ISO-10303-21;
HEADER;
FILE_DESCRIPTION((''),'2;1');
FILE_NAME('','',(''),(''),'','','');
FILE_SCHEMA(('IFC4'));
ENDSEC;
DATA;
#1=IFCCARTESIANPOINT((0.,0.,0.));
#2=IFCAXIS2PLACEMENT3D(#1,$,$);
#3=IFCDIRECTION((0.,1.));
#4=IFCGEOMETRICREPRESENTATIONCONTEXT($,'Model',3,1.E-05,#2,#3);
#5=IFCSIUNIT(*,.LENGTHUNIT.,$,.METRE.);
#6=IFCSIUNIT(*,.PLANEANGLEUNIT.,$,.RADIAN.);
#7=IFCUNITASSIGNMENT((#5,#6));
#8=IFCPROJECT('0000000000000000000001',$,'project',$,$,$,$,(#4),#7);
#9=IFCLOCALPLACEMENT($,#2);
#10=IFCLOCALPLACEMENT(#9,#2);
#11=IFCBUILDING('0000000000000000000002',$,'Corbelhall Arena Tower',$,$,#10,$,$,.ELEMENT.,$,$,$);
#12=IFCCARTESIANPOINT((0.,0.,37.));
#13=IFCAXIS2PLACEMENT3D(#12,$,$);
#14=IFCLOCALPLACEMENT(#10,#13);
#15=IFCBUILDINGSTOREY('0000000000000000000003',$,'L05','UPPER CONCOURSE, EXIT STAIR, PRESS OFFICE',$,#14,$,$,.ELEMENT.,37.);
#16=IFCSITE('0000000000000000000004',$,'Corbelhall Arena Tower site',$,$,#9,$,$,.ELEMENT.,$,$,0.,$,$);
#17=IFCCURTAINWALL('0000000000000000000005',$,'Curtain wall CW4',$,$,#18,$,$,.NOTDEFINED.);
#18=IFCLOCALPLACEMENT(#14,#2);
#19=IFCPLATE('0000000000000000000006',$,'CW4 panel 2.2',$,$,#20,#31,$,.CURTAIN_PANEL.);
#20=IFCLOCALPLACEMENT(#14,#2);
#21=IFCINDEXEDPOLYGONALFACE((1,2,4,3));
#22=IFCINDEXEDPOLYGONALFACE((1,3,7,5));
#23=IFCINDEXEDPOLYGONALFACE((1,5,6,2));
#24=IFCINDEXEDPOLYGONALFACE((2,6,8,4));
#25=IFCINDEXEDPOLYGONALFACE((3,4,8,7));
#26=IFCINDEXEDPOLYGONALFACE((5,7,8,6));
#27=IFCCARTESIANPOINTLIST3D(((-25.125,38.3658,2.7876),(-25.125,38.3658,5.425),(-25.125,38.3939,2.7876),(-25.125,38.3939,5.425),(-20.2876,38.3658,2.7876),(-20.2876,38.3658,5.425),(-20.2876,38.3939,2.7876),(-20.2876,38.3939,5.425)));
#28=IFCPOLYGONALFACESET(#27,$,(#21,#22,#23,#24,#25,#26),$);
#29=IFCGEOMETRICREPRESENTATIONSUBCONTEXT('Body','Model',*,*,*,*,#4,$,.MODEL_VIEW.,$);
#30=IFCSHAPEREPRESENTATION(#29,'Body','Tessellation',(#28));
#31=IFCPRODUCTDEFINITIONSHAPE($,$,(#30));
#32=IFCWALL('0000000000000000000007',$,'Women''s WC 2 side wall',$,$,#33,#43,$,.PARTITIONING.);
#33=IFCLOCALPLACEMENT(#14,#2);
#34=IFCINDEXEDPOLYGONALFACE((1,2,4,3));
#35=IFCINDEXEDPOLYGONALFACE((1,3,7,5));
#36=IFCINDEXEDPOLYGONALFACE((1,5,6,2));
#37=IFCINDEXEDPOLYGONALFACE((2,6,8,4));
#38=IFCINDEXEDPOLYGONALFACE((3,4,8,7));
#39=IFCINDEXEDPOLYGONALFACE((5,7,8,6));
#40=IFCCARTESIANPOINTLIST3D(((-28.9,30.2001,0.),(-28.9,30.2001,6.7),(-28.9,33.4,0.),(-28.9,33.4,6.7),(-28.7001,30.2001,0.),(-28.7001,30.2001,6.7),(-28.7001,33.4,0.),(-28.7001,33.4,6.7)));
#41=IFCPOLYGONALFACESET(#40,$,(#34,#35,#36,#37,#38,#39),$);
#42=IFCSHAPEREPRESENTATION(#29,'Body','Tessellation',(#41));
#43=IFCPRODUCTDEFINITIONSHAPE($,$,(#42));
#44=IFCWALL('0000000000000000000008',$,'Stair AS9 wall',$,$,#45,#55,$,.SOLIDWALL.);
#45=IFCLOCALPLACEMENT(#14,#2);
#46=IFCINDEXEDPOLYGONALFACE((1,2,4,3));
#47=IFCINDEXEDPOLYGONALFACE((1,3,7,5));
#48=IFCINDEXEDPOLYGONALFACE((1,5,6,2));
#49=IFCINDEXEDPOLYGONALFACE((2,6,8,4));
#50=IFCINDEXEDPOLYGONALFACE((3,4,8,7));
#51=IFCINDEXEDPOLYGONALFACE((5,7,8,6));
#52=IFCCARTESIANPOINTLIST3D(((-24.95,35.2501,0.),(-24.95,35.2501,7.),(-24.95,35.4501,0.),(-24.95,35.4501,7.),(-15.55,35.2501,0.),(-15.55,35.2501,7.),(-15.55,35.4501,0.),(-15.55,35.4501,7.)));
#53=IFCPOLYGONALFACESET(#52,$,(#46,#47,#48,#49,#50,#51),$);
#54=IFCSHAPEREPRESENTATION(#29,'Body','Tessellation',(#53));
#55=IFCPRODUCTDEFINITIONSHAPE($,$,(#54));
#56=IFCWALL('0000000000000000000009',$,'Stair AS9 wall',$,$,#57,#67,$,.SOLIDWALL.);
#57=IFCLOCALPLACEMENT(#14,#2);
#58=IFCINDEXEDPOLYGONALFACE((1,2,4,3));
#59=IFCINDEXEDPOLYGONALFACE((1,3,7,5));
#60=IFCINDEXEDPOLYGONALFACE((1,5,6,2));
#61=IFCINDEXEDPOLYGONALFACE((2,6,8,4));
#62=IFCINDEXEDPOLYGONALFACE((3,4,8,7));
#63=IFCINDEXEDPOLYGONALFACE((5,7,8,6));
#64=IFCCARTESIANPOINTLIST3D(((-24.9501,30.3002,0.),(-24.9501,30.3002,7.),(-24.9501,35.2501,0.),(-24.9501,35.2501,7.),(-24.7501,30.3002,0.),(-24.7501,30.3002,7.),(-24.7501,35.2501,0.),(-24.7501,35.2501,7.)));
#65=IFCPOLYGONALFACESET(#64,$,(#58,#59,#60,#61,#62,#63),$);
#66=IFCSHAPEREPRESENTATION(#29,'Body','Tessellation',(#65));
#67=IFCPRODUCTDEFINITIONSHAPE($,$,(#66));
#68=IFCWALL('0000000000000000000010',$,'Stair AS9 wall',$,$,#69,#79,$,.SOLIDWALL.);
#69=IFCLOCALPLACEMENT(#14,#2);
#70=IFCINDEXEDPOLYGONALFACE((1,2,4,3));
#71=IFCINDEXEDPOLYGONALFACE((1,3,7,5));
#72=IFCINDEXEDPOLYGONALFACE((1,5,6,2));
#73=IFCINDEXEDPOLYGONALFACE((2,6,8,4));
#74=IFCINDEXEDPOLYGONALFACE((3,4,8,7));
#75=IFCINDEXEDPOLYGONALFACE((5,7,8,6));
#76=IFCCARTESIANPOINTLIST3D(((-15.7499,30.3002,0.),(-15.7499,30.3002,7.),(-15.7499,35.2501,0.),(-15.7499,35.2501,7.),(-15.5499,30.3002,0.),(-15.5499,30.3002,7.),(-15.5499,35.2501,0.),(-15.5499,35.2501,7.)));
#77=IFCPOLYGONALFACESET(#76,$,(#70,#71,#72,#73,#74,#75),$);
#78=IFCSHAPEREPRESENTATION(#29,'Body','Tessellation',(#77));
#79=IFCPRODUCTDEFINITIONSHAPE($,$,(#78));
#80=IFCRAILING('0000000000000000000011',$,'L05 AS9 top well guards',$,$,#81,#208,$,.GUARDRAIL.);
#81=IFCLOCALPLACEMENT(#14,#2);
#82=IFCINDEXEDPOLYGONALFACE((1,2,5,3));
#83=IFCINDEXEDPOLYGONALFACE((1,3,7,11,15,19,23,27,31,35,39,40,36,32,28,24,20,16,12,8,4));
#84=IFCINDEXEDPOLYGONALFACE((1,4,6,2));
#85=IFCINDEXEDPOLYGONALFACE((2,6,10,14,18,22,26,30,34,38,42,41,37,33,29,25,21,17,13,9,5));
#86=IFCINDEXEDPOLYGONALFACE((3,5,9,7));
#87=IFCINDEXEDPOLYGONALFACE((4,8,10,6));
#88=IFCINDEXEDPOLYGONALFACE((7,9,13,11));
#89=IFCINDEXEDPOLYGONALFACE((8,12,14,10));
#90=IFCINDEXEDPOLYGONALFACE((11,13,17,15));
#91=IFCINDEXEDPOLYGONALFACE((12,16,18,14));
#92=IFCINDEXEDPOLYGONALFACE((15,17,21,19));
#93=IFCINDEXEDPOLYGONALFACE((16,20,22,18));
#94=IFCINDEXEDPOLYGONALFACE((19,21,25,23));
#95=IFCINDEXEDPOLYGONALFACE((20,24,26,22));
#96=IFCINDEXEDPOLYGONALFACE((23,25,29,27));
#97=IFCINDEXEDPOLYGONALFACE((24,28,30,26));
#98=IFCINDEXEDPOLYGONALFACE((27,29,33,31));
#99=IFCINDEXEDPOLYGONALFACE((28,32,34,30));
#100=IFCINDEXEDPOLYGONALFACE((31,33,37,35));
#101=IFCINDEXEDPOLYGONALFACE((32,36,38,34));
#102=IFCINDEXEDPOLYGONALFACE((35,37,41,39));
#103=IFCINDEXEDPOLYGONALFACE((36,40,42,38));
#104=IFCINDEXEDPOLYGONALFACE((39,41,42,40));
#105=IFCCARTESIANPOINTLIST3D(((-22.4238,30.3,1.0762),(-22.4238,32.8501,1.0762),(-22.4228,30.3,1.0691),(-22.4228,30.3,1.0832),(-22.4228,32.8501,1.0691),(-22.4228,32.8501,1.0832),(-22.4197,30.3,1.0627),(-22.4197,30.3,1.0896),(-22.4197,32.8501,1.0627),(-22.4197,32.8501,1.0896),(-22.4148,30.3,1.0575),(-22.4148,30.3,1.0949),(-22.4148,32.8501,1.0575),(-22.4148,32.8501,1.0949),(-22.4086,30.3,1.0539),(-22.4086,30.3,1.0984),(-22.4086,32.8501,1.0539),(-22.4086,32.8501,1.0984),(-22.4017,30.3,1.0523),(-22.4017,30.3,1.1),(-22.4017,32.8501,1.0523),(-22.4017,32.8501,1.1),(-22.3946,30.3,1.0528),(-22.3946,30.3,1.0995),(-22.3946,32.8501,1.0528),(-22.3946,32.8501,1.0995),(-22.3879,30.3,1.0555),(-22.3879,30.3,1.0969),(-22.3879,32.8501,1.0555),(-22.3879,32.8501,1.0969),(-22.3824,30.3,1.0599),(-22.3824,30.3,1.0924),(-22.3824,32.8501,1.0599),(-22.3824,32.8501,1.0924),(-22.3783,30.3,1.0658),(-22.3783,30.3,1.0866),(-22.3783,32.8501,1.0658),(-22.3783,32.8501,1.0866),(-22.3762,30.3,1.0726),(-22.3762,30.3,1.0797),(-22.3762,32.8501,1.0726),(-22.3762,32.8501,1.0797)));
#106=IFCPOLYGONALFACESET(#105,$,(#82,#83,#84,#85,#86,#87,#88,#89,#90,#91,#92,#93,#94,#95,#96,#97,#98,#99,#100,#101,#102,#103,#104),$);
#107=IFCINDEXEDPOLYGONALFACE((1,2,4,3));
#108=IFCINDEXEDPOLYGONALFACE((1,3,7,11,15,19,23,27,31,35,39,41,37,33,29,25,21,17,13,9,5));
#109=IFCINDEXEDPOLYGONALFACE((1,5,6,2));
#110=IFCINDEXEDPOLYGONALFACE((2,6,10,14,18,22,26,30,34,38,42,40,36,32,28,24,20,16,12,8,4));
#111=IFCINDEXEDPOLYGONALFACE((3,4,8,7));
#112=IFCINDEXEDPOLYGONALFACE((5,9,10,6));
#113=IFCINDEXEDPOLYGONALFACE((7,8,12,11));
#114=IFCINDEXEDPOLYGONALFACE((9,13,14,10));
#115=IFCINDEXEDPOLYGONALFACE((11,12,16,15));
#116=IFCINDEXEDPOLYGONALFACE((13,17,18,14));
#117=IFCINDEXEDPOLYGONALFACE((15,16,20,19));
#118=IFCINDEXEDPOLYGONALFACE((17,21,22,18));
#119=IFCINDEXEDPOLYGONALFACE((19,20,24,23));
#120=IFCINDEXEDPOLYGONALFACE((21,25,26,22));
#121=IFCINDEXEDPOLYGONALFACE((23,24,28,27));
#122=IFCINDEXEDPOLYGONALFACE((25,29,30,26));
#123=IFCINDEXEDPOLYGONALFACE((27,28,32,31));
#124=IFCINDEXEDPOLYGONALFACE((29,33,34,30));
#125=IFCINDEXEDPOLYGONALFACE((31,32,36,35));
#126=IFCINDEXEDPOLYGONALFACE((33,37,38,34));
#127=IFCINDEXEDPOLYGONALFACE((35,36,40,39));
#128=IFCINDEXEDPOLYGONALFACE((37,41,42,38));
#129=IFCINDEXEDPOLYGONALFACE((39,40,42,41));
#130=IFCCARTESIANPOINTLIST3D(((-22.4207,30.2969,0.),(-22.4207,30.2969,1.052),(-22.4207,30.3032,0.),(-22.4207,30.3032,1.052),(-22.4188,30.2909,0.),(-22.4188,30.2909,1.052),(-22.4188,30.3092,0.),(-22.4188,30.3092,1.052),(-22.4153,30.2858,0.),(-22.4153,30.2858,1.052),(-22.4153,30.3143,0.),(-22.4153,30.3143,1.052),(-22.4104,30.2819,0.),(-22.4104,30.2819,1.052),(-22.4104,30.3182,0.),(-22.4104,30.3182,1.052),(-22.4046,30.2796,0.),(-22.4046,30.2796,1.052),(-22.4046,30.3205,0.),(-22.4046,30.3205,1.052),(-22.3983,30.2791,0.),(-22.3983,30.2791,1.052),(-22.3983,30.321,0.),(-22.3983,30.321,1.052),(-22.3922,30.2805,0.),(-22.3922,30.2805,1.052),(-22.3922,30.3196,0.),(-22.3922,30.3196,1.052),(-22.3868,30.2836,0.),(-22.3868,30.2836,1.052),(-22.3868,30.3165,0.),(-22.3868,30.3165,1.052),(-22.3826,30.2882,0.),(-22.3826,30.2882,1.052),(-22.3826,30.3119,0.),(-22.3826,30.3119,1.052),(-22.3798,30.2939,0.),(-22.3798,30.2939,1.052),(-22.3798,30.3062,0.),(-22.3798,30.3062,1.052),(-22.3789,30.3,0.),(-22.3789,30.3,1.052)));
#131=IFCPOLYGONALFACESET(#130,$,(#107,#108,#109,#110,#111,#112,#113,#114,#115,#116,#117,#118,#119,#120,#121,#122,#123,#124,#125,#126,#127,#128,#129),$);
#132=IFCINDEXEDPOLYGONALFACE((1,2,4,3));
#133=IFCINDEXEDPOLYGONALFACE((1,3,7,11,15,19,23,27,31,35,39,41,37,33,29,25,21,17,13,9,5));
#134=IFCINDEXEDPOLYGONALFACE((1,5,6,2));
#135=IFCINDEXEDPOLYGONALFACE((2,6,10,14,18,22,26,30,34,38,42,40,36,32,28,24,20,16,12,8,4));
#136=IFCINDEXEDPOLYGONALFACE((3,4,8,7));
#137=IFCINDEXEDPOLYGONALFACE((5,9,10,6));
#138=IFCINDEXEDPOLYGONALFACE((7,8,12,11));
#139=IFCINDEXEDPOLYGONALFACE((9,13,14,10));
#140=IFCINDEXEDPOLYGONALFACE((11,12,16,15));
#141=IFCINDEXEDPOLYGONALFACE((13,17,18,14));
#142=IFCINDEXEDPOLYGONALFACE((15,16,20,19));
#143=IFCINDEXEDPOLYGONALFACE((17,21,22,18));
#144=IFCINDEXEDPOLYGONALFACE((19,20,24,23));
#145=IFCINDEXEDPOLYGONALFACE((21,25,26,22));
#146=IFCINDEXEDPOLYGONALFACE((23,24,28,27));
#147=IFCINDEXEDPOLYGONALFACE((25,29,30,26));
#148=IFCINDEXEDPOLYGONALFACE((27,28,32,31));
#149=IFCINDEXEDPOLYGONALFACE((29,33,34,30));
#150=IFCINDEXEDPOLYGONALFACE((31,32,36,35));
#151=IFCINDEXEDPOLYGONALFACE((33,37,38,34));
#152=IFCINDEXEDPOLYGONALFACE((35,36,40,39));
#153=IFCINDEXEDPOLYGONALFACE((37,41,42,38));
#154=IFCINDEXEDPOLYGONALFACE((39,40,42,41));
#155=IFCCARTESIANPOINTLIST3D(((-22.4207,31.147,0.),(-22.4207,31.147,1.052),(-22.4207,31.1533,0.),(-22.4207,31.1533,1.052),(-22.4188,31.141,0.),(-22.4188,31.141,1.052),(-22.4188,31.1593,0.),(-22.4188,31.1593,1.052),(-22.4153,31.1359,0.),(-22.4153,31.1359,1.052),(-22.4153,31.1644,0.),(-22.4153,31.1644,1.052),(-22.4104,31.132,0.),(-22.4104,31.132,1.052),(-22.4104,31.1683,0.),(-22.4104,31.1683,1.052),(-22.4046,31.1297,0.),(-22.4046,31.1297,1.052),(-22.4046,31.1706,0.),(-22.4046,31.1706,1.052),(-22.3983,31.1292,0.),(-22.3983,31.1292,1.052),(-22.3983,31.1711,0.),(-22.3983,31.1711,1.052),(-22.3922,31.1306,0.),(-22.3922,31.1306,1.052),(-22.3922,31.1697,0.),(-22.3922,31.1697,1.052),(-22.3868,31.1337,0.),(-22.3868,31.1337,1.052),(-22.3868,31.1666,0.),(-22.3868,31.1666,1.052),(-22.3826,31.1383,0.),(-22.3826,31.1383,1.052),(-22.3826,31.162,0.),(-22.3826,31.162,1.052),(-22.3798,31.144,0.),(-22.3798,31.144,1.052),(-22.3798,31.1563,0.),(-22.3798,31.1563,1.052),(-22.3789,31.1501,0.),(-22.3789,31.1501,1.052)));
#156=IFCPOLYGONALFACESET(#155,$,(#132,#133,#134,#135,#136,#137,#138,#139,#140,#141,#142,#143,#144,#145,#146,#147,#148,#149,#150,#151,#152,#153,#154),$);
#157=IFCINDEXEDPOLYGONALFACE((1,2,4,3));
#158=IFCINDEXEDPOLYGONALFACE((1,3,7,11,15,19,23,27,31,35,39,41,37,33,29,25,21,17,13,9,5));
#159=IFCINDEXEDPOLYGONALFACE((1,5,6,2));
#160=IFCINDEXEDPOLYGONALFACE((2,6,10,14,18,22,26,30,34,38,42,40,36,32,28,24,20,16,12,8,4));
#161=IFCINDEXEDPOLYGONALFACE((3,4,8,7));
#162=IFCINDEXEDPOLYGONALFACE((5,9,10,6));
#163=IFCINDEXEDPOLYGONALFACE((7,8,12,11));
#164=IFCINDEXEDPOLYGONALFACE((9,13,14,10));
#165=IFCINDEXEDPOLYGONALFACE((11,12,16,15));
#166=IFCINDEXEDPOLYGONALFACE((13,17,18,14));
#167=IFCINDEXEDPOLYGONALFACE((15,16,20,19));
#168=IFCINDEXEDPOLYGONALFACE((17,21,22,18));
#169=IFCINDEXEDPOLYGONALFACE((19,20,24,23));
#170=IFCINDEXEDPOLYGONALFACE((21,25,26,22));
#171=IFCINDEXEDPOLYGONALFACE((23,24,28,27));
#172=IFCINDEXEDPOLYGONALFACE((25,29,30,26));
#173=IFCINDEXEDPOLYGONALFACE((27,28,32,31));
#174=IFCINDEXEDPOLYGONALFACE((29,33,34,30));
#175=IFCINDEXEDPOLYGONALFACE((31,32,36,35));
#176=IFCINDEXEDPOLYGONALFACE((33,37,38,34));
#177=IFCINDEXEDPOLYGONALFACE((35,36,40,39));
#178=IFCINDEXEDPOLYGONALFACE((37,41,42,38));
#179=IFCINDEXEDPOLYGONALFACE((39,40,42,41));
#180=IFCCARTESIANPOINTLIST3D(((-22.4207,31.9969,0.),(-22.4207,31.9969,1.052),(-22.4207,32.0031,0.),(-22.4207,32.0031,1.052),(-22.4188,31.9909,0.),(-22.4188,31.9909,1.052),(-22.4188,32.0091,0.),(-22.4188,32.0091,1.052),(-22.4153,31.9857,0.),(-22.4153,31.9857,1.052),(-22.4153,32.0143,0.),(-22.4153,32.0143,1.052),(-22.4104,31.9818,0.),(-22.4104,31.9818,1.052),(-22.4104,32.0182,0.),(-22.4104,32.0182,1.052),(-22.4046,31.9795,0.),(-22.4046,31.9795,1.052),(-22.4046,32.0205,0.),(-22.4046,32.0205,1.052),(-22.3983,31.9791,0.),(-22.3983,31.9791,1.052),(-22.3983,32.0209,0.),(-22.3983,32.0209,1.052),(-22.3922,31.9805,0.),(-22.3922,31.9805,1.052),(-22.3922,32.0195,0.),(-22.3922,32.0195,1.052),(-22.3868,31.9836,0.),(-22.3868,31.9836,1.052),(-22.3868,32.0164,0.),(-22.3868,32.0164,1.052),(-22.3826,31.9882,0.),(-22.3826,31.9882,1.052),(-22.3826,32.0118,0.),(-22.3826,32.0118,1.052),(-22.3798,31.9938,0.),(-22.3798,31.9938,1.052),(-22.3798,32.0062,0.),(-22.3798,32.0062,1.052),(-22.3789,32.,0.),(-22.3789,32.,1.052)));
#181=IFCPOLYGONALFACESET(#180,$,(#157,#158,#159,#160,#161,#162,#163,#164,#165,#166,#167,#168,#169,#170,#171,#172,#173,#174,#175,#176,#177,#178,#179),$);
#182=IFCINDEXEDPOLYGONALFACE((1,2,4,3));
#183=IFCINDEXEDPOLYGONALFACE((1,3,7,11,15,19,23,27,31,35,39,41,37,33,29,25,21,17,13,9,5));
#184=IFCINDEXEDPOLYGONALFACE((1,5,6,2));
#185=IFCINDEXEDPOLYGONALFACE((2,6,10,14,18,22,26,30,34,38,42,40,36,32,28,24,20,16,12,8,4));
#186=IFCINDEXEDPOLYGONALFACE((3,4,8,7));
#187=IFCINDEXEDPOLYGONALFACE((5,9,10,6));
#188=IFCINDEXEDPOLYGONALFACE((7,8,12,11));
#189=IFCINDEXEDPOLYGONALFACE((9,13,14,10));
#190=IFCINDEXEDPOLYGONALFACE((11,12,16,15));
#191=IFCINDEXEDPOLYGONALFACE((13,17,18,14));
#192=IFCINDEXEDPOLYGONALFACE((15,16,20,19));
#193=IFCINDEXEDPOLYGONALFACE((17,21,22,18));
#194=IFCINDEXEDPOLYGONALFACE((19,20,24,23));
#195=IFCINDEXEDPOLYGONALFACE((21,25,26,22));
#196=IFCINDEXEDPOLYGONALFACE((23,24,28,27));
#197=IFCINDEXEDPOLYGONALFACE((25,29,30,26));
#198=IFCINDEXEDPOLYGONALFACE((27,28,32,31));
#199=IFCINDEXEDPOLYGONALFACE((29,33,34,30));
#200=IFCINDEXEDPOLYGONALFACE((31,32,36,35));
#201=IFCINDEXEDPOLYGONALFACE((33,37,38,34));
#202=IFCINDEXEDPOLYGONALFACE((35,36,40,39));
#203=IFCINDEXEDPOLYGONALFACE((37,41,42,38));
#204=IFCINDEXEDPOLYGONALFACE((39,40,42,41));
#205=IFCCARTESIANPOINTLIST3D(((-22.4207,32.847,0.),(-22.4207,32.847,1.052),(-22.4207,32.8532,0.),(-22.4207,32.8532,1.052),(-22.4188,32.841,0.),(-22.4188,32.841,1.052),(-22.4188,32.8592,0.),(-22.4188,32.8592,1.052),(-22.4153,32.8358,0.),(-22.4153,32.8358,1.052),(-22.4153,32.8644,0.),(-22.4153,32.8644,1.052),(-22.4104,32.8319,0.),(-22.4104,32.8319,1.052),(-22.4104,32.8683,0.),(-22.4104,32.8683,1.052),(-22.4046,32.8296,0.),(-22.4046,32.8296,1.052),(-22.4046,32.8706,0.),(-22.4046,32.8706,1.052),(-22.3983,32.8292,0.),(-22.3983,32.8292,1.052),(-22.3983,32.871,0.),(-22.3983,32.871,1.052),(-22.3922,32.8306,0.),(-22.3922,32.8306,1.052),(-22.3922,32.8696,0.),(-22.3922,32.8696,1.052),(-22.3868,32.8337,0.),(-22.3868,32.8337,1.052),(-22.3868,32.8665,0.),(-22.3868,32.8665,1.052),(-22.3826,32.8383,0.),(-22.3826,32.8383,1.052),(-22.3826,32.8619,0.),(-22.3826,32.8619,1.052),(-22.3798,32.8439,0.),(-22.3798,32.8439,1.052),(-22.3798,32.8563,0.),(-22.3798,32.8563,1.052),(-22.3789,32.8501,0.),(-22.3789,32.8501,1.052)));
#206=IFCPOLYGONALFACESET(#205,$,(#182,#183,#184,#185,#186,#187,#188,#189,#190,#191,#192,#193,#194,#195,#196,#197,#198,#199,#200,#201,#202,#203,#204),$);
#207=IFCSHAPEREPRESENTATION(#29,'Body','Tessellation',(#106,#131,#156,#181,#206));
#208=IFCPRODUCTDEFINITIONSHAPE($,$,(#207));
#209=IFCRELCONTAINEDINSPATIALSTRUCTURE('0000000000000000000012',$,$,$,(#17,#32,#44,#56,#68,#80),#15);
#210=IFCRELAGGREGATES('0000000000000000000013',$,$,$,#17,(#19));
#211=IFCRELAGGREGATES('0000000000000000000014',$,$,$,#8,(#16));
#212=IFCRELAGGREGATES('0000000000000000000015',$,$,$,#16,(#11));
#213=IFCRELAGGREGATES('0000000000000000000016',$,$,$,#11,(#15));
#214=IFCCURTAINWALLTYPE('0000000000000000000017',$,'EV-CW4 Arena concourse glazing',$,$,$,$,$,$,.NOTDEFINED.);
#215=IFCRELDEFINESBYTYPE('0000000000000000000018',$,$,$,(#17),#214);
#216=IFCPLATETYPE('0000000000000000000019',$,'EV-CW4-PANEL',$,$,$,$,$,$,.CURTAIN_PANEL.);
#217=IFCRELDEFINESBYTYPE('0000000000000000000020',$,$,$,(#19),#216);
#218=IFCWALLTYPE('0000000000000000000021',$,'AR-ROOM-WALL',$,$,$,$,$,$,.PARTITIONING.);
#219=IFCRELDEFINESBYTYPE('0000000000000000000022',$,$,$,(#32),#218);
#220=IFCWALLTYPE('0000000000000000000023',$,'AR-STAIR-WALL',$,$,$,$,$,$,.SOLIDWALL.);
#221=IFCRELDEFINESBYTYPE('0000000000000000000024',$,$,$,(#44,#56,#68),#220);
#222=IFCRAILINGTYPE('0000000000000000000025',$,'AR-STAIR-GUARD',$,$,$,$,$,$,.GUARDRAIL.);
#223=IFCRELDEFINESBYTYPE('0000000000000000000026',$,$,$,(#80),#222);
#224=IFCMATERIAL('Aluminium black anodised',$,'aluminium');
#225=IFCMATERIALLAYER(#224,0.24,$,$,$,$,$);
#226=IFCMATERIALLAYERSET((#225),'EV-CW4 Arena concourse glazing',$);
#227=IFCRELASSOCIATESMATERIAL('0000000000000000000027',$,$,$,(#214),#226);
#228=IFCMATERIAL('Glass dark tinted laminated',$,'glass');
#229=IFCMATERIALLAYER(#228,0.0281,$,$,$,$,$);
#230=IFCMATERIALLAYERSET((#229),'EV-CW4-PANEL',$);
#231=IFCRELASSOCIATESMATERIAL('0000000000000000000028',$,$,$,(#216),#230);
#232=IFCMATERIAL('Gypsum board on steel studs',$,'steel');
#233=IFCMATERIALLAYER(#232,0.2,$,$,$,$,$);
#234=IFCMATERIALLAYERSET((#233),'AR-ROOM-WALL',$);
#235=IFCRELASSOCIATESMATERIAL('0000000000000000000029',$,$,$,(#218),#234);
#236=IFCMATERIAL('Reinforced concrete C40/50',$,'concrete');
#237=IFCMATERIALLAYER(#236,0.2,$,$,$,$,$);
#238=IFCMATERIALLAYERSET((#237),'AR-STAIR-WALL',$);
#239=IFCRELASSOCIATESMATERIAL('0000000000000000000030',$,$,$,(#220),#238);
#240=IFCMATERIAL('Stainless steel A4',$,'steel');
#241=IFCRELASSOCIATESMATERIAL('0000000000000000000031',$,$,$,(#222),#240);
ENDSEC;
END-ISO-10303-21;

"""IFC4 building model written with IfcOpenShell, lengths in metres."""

from ifc_helpers import new_model, si_unit, direction, frame, frame_2d, origin, origin_2d, place, context, subcontext, project, spatial, rectangle, circle, extrude, material, layer, layer_set, type_object, element, aggregate, save


model = new_model("IFC4")

# Units and contexts
model_context = context("Model", 3, precision=1e-05, world=origin(), true_north=direction((0.0, 1.0)))
body_context = subcontext(model_context, "Body", "Model", "MODEL_VIEW")
ifc_project = project(units=[si_unit("LENGTHUNIT", "METRE"), si_unit("PLANEANGLEUNIT", "RADIAN")], contexts=[model_context])

# Site, building, storey
site_placement = place(None, origin())
site = spatial("IfcSite", under=ifc_project, at=site_placement, Name="Corbelhall Arena Tower site", CompositionType="ELEMENT", RefElevation=0.0)
building_placement = place(site_placement, origin())
building = spatial("IfcBuilding", under=site, at=building_placement, Name="Corbelhall Arena Tower", CompositionType="ELEMENT")
storey_placement = place(building_placement, frame((0.0, 0.0, 37.0)))
storey = spatial("IfcBuildingStorey", under=building, at=storey_placement, Name="L05", Description="UPPER CONCOURSE, EXIT STAIR, PRESS OFFICE", CompositionType="ELEMENT", Elevation=37.0)

# Curtain wall
ifc_material_1 = material(Name="Aluminium black anodised", Category="aluminium")
ifc_layer_1 = layer(ifc_material_1, 0.24)
ifc_layer_set_1 = layer_set([ifc_layer_1], Name="EV-CW4 Arena concourse glazing")
curtain_wall_type = type_object("IfcCurtainWallType", Name="EV-CW4 Arena concourse glazing", PredefinedType="NOTDEFINED", material=ifc_layer_set_1)
curtain_wall_1_placement = place(storey_placement, origin())
curtain_wall_1 = element("IfcCurtainWall", 1, at=curtain_wall_1_placement, inside=storey, type_object=curtain_wall_type, Name="Curtain wall CW4", PredefinedType="NOTDEFINED")

# Plate
ifc_material_2 = material(Name="Glass dark tinted laminated", Category="glass")
ifc_layer_2 = layer(ifc_material_2, 0.0281)
ifc_layer_set_2 = layer_set([ifc_layer_2], Name="EV-CW4-PANEL")
plate_type = type_object("IfcPlateType", Name="EV-CW4-PANEL", PredefinedType="CURTAIN_PANEL", material=ifc_layer_set_2)
plate_1_placement = place(storey_placement, frame((-22.7063, 38.3799, 2.7876), z_axis=(0.0, 0.0, 1.0), x_axis=(-1.0, 0.0, 0.0)))
plate_1 = element("IfcPlate", 2, at=plate_1_placement, type_object=plate_type, Name="CW4 panel 2.2", PredefinedType="CURTAIN_PANEL", context=body_context, shape_type="SweptSolid", body=[
    extrude(rectangle(XDim=4.8374, YDim=0.0281, at=origin_2d()), origin(), (0.0, 0.0, 1.0), 2.6375),
])
aggregate(curtain_wall_1, [plate_1])

# Wall
ifc_material_3 = material(Name="Gypsum board on steel studs", Category="steel")
ifc_layer_3 = layer(ifc_material_3, 0.2)
ifc_layer_set_3 = layer_set([ifc_layer_3], Name="AR-ROOM-WALL")
wall_type_1 = type_object("IfcWallType", Name="AR-ROOM-WALL", PredefinedType="PARTITIONING", material=ifc_layer_set_3)
wall_1_placement = place(storey_placement, frame((-28.8, 30.2, 0.0), z_axis=(0.0, 0.0, 1.0), x_axis=(0.0, 1.0, 0.0)))
element("IfcWall", 3, at=wall_1_placement, inside=storey, type_object=wall_type_1, Name="Women's WC 2 side wall", PredefinedType="PARTITIONING", context=body_context, shape_type="SweptSolid", body=[
    extrude(rectangle(XDim=3.2, YDim=0.2, at=frame_2d((1.6001, 0.0))), origin(), (0.0, 0.0, 1.0), 6.7),
])

# Shared definitions
ifc_material_4 = material(Name="Reinforced concrete C40/50", Category="concrete")
ifc_layer_4 = layer(ifc_material_4, 0.2)
ifc_layer_set_4 = layer_set([ifc_layer_4], Name="AR-STAIR-WALL")
wall_type_2 = type_object("IfcWallType", Name="AR-STAIR-WALL", PredefinedType="SOLIDWALL", material=ifc_layer_set_4)

# Walls
wall_2_placement = place(storey_placement, frame((-24.95, 35.3501, 0.0), z_axis=(0.0, 0.0, 1.0), x_axis=(1.0, 0.0, 0.0)))
element("IfcWall", 4, at=wall_2_placement, inside=storey, type_object=wall_type_2, Name="Stair AS9 wall", PredefinedType="SOLIDWALL", context=body_context, shape_type="SweptSolid", body=[
    extrude(rectangle(XDim=9.3999, YDim=0.2, at=frame_2d((4.7, 0.0))), origin(), (0.0, 0.0, 1.0), 7.0),
])
for number, where, z_axis, x_axis, name in (
    (5, (-24.8501, 30.3, 0.0), (0.0, 0.0, 1.0), (0.0, 1.0, 0.0), "Stair AS9 wall"),
    (6, (-15.6499, 30.3, 0.0), (0.0, 0.0, 1.0), (0.0, 1.0, 0.0), "Stair AS9 wall"),
):
    element("IfcWall", number, at=place(storey_placement, frame(where, z_axis=z_axis, x_axis=x_axis)), inside=storey, type_object=wall_type_2, Name=name, PredefinedType="SOLIDWALL", context=body_context, shape_type="SweptSolid", body=[
        extrude(rectangle(XDim=4.95, YDim=0.2, at=frame_2d((2.4751, 0.0))), origin(), (0.0, 0.0, 1.0), 7.0),
    ])

# Railing
ifc_material_5 = material(Name="Stainless steel A4", Category="steel")
railing_type = type_object("IfcRailingType", Name="AR-STAIR-GUARD", PredefinedType="GUARDRAIL", material=ifc_material_5)
railing_placement = place(storey_placement, frame((-22.3999, 30.3, 0.0)))
element("IfcRailing", 7, at=railing_placement, inside=storey, type_object=railing_type, Name="L05 AS9 top well guards", PredefinedType="GUARDRAIL", context=body_context, shape_type="SweptSolid", body=[
    extrude(circle(Radius=0.0239, at=origin_2d()), frame((0.0, 0.0, 1.0762), z_axis=(0.0, 1.0, 0.0), x_axis=(-1.0, 0.0, 0.0)), (0.0, 0.0, 1.0), 2.55),
    extrude(circle(Radius=0.021, at=origin_2d()), origin(), (0.0, 0.0, 1.0), 1.052),
    extrude(circle(Radius=0.021, at=origin_2d()), frame((0.0, 0.8501, 0.0)), (0.0, 0.0, 1.0), 1.052),
    extrude(circle(Radius=0.021, at=origin_2d()), frame((0.0, 1.7, 0.0)), (0.0, 0.0, 1.0), 1.052),
    extrude(circle(Radius=0.021, at=origin_2d()), frame((0.0, 2.55, 0.0)), (0.0, 0.0, 1.0), 1.052),
])

save(model, "model.ifc")
